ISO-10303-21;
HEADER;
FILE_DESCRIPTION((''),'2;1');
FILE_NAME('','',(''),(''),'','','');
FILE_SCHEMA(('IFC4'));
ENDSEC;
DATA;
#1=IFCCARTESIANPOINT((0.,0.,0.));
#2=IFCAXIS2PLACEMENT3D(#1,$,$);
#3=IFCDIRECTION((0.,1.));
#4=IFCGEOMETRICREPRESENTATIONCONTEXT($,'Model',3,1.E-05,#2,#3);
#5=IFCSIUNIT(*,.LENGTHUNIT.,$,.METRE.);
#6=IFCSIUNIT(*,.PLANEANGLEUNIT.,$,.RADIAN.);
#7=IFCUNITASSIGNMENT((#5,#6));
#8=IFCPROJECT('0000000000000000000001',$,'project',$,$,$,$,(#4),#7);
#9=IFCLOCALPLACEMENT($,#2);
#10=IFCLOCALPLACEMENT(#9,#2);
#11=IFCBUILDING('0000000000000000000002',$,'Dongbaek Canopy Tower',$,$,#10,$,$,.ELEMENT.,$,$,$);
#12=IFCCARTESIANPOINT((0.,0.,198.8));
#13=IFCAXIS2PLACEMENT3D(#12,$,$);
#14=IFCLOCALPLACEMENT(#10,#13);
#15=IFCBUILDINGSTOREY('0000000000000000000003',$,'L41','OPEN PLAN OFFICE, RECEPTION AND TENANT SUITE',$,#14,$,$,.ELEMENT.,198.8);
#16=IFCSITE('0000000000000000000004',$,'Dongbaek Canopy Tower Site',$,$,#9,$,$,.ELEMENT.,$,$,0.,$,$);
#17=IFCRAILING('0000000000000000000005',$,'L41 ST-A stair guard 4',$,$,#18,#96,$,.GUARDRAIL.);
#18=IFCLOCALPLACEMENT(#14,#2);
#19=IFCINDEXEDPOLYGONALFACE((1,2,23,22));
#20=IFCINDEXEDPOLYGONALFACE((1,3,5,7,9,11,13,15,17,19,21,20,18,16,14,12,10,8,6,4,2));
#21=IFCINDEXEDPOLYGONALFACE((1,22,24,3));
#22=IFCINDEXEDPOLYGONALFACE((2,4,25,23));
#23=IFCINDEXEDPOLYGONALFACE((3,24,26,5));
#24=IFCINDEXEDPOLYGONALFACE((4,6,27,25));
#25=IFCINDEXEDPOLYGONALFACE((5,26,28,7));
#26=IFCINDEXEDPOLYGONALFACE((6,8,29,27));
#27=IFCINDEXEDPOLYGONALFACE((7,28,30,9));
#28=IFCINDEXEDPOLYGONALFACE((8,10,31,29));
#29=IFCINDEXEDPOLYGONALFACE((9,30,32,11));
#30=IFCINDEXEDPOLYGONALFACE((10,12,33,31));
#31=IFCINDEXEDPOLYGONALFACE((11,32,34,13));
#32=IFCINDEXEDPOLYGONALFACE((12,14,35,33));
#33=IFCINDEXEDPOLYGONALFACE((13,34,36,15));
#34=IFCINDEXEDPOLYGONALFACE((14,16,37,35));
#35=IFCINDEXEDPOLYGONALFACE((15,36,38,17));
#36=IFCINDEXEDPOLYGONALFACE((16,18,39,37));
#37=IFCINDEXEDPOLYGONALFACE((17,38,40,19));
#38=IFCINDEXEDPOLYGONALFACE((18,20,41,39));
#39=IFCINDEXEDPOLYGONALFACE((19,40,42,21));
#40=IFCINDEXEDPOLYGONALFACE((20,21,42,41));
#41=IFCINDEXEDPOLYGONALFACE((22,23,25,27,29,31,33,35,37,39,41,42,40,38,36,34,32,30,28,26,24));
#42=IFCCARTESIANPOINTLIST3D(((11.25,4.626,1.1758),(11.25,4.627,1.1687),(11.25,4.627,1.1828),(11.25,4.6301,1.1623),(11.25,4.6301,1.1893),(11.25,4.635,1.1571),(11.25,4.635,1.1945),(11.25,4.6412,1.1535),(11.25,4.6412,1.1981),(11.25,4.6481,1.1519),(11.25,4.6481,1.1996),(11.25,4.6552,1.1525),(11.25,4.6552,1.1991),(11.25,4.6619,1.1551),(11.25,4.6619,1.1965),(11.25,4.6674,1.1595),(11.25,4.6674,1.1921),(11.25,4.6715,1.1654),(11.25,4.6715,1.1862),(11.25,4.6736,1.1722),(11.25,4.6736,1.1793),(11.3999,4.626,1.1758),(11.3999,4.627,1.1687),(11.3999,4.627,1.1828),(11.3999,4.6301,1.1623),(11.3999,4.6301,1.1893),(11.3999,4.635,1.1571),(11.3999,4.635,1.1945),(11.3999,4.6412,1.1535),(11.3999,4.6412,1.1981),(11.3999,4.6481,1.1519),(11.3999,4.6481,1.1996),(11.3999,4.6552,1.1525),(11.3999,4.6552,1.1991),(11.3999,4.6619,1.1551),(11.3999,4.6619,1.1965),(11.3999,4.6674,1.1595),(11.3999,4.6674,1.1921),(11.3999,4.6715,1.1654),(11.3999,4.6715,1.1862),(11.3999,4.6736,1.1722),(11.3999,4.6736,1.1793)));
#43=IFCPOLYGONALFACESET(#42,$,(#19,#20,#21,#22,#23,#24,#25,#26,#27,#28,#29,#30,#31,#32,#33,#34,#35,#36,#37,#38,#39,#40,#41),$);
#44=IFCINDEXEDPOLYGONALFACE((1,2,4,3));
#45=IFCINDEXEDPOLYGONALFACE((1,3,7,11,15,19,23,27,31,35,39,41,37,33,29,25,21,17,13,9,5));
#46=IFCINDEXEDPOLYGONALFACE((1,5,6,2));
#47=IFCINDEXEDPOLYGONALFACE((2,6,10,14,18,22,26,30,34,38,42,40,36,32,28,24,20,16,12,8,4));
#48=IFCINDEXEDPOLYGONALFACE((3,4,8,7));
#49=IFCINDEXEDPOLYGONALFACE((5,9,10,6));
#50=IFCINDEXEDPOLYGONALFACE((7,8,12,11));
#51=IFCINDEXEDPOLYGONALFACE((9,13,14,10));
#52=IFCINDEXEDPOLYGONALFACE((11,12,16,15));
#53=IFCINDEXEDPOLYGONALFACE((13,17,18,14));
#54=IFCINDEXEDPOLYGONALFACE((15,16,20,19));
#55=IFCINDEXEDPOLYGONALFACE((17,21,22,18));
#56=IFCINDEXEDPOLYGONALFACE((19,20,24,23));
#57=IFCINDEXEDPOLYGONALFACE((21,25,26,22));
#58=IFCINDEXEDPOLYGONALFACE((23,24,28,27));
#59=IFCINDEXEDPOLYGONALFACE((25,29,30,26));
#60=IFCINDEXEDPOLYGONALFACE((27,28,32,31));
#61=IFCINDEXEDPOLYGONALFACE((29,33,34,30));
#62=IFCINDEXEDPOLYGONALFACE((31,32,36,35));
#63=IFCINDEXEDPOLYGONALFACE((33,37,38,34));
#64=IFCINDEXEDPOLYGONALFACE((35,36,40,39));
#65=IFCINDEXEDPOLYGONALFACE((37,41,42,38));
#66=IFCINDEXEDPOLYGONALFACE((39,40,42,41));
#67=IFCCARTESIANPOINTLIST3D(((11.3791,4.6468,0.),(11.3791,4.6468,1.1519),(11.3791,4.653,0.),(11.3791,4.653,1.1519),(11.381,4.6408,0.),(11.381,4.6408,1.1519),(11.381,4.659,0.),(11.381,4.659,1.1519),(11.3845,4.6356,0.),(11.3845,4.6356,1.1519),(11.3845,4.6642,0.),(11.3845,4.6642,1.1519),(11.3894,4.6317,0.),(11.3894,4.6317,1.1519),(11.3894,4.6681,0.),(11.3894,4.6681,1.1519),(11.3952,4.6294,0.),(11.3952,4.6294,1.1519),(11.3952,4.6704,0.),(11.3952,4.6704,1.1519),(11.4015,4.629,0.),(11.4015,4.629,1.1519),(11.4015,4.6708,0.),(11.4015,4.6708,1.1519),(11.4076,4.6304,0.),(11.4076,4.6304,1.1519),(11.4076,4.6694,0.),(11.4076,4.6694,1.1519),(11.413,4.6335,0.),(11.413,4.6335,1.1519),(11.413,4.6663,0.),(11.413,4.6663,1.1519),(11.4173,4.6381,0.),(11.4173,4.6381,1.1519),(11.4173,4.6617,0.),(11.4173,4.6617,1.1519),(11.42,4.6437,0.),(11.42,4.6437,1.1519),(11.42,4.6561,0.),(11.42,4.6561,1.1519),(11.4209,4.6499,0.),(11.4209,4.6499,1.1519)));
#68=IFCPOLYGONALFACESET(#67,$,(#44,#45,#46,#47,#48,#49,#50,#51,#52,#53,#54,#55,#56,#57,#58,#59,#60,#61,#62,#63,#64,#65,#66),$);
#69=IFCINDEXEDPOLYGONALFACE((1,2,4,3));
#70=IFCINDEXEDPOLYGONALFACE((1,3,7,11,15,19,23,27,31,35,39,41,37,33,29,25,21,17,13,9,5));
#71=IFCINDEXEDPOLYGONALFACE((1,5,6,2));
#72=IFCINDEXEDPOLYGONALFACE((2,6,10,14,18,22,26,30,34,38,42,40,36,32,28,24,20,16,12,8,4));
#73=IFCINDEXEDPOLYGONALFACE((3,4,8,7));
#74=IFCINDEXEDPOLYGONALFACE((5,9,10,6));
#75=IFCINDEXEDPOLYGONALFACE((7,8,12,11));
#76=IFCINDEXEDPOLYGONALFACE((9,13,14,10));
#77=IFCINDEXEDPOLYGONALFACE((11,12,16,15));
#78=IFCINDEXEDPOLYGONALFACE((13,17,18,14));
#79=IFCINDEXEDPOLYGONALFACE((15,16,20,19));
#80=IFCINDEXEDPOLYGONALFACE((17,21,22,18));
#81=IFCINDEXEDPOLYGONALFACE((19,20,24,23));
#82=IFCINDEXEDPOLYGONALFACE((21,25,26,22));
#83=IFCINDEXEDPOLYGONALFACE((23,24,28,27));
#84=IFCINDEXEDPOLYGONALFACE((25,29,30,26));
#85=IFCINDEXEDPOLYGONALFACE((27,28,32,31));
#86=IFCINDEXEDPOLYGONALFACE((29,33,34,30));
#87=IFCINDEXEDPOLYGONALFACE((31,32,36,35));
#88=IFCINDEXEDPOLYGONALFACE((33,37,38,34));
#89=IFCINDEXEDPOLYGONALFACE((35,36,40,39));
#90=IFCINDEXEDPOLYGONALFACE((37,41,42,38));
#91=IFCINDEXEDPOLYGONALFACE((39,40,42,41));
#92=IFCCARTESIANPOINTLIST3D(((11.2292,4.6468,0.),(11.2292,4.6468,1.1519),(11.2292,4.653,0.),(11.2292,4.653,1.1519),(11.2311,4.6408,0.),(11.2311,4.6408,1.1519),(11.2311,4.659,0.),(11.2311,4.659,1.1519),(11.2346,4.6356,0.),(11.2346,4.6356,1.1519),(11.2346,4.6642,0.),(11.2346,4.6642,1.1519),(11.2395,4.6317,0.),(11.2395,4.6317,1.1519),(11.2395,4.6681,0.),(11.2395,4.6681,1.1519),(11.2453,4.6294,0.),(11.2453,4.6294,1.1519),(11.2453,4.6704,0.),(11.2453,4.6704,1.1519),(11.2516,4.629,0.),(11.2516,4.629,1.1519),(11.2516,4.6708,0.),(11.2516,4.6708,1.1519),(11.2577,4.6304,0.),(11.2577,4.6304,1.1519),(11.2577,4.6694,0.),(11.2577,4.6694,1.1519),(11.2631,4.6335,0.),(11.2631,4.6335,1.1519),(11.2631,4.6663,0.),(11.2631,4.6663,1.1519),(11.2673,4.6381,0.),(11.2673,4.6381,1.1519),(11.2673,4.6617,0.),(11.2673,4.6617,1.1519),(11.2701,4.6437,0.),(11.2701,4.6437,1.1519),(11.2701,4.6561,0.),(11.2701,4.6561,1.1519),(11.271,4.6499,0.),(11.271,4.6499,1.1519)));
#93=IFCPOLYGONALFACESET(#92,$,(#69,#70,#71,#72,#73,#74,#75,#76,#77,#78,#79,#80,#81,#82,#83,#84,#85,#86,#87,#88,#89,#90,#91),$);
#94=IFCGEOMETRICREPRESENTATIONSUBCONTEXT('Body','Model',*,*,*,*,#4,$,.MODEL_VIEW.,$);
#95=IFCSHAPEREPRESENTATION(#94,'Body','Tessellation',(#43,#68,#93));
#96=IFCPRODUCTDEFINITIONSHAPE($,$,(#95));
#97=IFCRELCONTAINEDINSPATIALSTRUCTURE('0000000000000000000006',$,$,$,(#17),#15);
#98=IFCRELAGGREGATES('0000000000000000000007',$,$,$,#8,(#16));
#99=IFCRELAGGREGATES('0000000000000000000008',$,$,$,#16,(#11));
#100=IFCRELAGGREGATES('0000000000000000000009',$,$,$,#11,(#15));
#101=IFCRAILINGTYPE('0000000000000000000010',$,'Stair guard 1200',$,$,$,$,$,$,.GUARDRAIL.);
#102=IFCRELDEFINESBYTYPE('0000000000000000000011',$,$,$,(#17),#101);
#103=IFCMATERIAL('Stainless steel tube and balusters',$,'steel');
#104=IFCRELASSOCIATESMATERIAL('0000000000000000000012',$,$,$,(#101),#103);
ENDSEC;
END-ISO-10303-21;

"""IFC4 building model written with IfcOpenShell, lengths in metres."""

from ifc_helpers import new_model, si_unit, direction, frame, origin, origin_2d, place, context, subcontext, project, spatial, circle, extrude, material, type_object, element, save


model = new_model("IFC4")

# Units and contexts
model_context = context("Model", 3, precision=1e-05, world=origin(), true_north=direction((0.0, 1.0)))
body_context = subcontext(model_context, "Body", "Model", "MODEL_VIEW")
ifc_project = project(units=[si_unit("LENGTHUNIT", "METRE"), si_unit("PLANEANGLEUNIT", "RADIAN")], contexts=[model_context])

# Site, building, storey
site_placement = place(None, origin())
site = spatial("IfcSite", under=ifc_project, at=site_placement, Name="Dongbaek Canopy Tower Site", CompositionType="ELEMENT", RefElevation=0.0)
building_placement = place(site_placement, origin())
building = spatial("IfcBuilding", under=site, at=building_placement, Name="Dongbaek Canopy Tower", CompositionType="ELEMENT")
storey_placement = place(building_placement, frame((0.0, 0.0, 198.8)))
storey = spatial("IfcBuildingStorey", under=building, at=storey_placement, Name="L41", Description="OPEN PLAN OFFICE, RECEPTION AND TENANT SUITE", CompositionType="ELEMENT", Elevation=198.8)

# Railing
ifc_material_1 = material(Name="Stainless steel tube and balusters", Category="steel")
railing_type_1 = type_object("IfcRailingType", Name="Stair guard 1200", PredefinedType="GUARDRAIL", material=ifc_material_1)
railing_1_placement = place(storey_placement, frame((11.3999, 4.6499, 0.0)))
element("IfcRailing", 1, at=railing_1_placement, inside=storey, type_object=railing_type_1, Name="L41 ST-A stair guard 4", PredefinedType="GUARDRAIL", context=body_context, shape_type="SweptSolid", body=[
    extrude(circle(Radius=0.0239, at=origin_2d()), frame((0.0, 0.0, 1.1758), z_axis=(-1.0, 0.0, 0.0), x_axis=(0.0, -1.0, 0.0)), (0.0, 0.0, 1.0), 0.1499),
    extrude(circle(Radius=0.021, at=origin_2d()), origin(), (0.0, 0.0, 1.0), 1.1519),
    extrude(circle(Radius=0.021, at=origin_2d()), frame((-0.1499, 0.0, 0.0)), (0.0, 0.0, 1.0), 1.1519),
])

save(model, "model.ifc")
